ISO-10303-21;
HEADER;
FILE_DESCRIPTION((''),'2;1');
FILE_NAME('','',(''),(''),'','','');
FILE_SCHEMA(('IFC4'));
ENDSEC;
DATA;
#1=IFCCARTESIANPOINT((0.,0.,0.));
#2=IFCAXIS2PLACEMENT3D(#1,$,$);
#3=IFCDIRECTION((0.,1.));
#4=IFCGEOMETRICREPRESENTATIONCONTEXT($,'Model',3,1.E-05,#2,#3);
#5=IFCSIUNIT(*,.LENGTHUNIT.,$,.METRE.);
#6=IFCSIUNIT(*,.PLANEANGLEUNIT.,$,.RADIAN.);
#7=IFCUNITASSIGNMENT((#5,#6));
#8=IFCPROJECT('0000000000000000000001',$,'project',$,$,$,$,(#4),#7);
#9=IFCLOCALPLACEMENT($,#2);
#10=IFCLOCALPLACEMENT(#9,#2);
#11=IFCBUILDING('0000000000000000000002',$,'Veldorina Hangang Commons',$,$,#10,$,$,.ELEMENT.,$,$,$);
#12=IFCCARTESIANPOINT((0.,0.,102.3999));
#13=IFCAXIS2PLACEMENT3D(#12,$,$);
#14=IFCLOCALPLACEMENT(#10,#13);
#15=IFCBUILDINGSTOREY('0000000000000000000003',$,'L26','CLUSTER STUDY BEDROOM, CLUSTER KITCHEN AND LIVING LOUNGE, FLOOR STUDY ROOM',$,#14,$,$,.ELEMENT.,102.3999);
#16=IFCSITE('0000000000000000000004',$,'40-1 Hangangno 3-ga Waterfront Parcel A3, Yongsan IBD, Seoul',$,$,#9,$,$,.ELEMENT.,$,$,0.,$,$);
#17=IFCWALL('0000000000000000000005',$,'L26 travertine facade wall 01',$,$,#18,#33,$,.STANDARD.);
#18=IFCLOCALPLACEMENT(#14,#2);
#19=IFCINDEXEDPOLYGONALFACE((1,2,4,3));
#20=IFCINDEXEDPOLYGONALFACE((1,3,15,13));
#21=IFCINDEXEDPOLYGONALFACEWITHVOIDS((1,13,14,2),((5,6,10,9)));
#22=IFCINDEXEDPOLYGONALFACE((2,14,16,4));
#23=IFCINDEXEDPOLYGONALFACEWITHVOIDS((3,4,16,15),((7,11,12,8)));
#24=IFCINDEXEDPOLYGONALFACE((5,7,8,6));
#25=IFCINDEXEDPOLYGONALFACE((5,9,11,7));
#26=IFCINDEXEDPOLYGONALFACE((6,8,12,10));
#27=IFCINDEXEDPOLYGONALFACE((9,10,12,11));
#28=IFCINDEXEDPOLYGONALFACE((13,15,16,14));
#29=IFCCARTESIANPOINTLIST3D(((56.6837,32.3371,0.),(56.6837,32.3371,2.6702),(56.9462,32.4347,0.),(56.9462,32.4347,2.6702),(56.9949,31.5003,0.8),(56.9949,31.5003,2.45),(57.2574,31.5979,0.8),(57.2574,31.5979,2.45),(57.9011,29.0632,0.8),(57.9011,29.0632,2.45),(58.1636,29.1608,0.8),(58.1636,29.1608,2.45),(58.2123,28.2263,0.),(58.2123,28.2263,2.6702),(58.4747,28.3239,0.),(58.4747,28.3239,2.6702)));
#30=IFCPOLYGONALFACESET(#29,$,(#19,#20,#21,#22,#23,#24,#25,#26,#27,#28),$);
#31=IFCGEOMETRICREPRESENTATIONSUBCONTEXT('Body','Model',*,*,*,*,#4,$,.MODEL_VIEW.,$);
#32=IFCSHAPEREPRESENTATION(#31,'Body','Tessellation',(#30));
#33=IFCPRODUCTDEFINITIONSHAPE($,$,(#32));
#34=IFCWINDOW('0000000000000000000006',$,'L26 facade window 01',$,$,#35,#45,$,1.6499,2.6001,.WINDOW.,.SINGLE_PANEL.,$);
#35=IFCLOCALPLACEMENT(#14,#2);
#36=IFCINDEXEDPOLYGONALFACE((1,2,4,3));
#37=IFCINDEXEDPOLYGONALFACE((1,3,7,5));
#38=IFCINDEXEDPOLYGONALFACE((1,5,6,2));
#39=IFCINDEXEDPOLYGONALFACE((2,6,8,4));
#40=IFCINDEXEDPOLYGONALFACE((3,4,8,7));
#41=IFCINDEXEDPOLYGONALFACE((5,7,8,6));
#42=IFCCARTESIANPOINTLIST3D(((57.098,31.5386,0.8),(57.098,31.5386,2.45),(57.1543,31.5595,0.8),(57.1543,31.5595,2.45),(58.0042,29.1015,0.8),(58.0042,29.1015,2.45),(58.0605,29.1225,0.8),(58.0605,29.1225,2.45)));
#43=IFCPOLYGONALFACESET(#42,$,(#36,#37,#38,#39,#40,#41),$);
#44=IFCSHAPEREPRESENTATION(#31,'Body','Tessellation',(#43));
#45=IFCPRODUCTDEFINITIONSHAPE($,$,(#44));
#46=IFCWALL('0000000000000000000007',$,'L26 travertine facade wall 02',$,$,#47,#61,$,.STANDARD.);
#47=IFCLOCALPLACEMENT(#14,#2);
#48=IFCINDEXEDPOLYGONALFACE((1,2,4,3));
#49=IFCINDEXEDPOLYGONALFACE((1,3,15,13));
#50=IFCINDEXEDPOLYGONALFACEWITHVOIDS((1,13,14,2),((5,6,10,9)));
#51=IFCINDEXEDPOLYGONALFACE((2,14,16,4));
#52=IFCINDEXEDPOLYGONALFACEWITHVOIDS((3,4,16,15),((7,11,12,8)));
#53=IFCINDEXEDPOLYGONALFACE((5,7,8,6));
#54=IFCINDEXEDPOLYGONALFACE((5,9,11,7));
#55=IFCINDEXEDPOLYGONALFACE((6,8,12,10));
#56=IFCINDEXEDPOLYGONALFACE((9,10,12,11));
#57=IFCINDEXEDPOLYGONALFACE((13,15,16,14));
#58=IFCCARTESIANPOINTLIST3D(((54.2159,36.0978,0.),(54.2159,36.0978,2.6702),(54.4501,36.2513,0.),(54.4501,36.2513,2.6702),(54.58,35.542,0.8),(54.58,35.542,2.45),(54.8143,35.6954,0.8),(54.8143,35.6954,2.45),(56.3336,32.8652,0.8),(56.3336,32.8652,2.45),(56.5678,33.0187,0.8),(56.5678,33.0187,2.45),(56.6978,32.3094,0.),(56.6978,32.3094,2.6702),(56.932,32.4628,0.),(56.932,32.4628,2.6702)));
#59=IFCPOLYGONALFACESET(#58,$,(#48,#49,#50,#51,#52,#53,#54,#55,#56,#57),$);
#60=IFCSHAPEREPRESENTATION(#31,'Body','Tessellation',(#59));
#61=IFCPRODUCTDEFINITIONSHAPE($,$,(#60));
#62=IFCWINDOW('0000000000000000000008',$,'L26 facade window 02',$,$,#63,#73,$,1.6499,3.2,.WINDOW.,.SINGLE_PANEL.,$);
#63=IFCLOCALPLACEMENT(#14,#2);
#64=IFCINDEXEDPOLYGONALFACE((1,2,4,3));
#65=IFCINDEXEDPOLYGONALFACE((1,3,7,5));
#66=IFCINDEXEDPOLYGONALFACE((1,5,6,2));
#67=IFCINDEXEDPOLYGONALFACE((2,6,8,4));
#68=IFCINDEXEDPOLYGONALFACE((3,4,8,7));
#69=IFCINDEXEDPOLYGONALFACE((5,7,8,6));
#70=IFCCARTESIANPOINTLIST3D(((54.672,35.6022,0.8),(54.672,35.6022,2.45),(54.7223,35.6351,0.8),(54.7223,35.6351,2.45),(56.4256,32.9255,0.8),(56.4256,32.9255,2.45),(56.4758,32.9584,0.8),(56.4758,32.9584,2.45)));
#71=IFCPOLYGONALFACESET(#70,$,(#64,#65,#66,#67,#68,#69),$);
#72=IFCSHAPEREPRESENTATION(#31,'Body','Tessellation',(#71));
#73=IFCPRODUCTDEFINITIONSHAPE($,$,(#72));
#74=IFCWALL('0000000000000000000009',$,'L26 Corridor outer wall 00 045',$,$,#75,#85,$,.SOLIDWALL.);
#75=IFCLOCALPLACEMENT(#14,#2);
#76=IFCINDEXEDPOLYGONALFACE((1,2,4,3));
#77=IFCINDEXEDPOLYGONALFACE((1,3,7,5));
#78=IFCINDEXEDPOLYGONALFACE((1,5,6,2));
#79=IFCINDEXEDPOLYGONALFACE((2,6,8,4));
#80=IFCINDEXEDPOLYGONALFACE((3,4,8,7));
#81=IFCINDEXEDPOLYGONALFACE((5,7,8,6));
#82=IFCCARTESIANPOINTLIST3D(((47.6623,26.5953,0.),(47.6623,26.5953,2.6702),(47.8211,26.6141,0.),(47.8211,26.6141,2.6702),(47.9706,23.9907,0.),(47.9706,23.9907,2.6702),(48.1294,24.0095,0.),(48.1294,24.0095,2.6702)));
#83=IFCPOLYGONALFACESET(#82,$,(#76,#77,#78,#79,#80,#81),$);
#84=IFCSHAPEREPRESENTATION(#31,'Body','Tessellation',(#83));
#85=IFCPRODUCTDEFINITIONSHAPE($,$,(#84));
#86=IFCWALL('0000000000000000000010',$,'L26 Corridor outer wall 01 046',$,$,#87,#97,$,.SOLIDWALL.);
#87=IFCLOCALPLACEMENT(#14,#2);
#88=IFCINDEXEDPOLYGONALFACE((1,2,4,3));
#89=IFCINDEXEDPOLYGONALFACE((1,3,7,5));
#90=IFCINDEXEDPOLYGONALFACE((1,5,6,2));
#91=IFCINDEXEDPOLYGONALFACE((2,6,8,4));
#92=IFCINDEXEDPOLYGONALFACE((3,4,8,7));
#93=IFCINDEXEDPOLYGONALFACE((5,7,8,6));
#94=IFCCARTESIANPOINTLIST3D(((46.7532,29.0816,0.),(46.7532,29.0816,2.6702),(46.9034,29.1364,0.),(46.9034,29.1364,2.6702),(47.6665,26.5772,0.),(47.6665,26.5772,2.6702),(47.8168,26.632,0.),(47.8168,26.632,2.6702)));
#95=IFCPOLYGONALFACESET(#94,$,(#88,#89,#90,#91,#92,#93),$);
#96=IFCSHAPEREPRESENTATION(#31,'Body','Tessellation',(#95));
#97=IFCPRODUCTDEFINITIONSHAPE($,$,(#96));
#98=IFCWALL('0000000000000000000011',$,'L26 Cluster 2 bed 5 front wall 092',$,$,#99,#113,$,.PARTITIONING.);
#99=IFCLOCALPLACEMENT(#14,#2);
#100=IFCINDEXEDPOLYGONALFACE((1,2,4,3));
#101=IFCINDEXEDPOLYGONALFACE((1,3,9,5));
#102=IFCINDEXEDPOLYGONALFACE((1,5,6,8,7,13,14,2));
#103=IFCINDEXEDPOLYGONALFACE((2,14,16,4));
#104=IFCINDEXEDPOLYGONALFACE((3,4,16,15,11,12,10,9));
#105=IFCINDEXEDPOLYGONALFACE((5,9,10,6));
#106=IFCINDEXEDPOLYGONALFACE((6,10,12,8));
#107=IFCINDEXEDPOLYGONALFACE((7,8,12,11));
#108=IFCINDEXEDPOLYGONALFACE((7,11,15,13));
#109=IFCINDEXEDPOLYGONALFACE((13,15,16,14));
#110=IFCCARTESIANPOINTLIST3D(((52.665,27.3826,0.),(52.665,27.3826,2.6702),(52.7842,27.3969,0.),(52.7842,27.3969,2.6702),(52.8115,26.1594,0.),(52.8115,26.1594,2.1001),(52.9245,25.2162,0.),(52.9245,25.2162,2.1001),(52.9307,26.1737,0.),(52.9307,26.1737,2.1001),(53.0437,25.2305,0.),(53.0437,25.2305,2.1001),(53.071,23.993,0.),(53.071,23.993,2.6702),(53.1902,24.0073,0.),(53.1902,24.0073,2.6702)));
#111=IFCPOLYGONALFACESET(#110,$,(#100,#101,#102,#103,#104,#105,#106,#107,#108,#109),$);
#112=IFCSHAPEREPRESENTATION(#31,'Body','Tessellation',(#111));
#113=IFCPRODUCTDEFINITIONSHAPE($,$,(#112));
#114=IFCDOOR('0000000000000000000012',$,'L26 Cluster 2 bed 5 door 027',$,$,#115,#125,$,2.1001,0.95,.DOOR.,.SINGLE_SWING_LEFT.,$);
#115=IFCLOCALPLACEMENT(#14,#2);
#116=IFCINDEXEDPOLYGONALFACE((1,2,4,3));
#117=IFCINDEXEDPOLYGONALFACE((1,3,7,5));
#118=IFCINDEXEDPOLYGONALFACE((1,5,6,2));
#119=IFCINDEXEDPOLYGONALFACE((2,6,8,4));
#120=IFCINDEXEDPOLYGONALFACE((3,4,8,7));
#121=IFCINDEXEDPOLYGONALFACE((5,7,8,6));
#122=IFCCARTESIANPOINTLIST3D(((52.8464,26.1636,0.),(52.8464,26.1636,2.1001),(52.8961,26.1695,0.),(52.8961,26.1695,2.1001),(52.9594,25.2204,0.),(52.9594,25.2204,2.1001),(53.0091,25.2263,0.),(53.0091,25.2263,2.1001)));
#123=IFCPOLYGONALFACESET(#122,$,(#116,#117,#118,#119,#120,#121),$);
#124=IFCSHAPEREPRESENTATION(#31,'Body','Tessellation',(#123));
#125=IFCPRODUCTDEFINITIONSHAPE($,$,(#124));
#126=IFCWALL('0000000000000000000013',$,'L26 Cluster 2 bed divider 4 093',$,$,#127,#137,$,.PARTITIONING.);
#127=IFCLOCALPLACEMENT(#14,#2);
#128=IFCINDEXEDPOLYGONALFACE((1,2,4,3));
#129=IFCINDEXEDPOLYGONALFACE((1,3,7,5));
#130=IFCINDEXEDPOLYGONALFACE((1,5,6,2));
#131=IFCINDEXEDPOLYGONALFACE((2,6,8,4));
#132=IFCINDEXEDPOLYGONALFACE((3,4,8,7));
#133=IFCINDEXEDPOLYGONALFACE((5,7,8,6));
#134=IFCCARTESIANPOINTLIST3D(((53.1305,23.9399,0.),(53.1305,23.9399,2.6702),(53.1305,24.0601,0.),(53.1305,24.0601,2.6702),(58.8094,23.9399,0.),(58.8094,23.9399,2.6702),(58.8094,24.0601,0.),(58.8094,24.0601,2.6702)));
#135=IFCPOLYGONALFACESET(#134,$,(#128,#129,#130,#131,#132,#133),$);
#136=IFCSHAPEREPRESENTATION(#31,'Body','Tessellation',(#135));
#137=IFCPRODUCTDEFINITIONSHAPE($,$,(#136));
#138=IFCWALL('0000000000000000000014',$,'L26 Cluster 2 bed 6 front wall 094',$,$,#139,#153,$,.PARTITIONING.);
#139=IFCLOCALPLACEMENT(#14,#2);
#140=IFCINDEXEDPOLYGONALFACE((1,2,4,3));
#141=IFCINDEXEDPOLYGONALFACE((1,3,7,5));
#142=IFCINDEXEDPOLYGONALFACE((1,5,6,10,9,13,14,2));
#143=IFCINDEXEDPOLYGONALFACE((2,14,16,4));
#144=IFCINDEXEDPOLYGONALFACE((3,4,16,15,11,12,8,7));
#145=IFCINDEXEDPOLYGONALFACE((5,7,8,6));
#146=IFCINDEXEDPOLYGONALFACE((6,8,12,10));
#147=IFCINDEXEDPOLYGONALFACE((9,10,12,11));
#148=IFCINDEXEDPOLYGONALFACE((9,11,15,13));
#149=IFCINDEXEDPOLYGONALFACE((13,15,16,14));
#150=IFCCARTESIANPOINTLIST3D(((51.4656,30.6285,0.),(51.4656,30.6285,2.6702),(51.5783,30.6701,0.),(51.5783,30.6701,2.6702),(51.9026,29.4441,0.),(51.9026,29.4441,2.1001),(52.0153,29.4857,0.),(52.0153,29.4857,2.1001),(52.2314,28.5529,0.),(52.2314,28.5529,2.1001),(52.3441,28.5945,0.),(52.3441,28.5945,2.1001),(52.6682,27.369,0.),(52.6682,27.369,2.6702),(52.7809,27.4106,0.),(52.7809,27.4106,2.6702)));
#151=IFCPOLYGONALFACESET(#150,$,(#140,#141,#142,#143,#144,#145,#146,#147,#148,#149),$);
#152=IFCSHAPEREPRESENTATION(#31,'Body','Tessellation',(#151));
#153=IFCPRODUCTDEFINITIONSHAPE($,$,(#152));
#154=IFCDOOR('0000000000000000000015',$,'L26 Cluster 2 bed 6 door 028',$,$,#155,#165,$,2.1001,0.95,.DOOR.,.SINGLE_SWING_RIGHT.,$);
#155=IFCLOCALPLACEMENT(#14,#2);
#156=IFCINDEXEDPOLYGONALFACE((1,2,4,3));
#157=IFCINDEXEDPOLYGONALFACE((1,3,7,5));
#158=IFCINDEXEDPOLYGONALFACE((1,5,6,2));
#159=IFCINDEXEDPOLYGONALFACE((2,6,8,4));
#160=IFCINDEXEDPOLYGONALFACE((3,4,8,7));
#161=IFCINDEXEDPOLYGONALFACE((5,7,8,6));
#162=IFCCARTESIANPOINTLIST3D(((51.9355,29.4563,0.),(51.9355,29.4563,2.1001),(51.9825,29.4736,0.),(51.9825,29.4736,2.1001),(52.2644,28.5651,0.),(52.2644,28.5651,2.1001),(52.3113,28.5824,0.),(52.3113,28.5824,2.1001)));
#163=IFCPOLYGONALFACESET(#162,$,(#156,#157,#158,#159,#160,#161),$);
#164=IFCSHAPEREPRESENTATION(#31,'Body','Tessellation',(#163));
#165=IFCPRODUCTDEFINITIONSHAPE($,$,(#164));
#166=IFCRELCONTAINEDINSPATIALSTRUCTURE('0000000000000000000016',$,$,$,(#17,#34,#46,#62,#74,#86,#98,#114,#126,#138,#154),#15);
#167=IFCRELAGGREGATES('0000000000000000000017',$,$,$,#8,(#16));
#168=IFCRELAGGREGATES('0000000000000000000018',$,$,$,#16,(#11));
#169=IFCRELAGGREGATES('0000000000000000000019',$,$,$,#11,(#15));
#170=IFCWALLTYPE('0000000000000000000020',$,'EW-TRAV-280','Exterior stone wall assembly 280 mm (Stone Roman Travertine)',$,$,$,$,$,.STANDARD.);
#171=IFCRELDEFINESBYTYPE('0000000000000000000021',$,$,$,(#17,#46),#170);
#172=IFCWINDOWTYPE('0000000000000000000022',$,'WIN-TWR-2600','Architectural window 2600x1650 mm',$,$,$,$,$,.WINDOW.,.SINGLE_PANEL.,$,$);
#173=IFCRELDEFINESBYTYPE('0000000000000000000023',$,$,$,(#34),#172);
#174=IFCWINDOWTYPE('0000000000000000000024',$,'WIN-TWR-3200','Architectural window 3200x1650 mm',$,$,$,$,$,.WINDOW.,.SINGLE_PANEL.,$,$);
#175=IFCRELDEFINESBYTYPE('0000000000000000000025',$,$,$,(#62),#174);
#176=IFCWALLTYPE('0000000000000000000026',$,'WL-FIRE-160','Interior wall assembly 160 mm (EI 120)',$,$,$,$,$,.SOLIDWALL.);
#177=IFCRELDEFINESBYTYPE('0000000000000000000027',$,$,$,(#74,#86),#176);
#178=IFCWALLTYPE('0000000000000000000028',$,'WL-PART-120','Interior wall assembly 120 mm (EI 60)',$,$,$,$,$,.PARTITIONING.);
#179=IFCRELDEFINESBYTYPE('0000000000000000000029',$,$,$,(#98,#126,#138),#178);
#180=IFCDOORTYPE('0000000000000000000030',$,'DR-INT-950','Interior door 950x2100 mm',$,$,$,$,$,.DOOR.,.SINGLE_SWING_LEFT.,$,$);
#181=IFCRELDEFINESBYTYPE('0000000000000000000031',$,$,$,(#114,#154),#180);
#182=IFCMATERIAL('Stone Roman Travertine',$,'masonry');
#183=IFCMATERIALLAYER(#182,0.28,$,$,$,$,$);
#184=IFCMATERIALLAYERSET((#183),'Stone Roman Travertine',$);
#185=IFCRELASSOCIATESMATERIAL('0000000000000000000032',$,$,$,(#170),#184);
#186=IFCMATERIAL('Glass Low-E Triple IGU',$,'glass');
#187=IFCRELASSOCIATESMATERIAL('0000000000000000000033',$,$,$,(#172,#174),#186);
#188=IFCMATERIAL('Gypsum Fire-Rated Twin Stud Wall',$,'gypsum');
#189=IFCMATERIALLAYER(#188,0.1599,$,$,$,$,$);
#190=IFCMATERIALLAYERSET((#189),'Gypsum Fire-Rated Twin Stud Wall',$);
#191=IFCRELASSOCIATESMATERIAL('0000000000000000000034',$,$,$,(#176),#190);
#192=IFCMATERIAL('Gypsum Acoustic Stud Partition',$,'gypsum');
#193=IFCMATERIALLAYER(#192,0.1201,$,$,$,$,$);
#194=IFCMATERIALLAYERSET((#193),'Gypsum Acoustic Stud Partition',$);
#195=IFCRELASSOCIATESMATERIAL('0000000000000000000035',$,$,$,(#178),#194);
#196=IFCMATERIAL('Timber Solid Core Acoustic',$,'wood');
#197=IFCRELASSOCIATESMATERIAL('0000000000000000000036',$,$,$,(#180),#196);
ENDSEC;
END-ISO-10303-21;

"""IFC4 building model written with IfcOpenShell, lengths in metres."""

from ifc_helpers import new_model, si_unit, direction, frame, frame_2d, origin, place, context, subcontext, project, spatial, rectangle, extrude, material, layer, layer_set, type_object, element, fill, save


model = new_model("IFC4")

# Units and contexts
model_context = context("Model", 3, precision=1e-05, world=origin(), true_north=direction((0.0, 1.0)))
body_context = subcontext(model_context, "Body", "Model", "MODEL_VIEW")
ifc_project = project(units=[si_unit("LENGTHUNIT", "METRE"), si_unit("PLANEANGLEUNIT", "RADIAN")], contexts=[model_context])

# Site, building, storey
site_placement = place(None, origin())
site = spatial("IfcSite", under=ifc_project, at=site_placement, Name="40-1 Hangangno 3-ga Waterfront Parcel A3, Yongsan IBD, Seoul", CompositionType="ELEMENT", RefElevation=0.0)
building_placement = place(site_placement, origin())
building = spatial("IfcBuilding", under=site, at=building_placement, Name="Veldorina Hangang Commons", CompositionType="ELEMENT")
storey_placement = place(building_placement, frame((0.0, 0.0, 102.3999)))
storey = spatial("IfcBuildingStorey", under=building, at=storey_placement, Name="L26", Description="CLUSTER STUDY BEDROOM, CLUSTER KITCHEN AND LIVING LOUNGE, FLOOR STUDY ROOM", CompositionType="ELEMENT", Elevation=102.3999)

# Walls, openings, windows
ifc_material_1 = material(Name="Stone Roman Travertine", Category="masonry")
ifc_layer_1 = layer(ifc_material_1, 0.28)
ifc_layer_set_1 = layer_set([ifc_layer_1], Name="Stone Roman Travertine")
wall_type_1 = type_object("IfcWallType", Name="EW-TRAV-280", Description="Exterior stone wall assembly 280 mm (Stone Roman Travertine)", PredefinedType="STANDARD", material=ifc_layer_set_1)
ifc_material_2 = material(Name="Glass Low-E Triple IGU", Category="glass")
window_type_1 = type_object("IfcWindowType", Name="WIN-TWR-2600", Description="Architectural window 2600x1650 mm", PartitioningType="SINGLE_PANEL", PredefinedType="WINDOW", material=ifc_material_2)
wall_1_placement = place(storey_placement, frame((58.3435, 28.2751, 0.0), z_axis=(0.0, 0.0, 1.0), x_axis=(-0.348523, 0.9373, 0.0)))
wall_1 = element("IfcWall", 1, at=wall_1_placement, inside=storey, type_object=wall_type_1, Name="L26 travertine facade wall 01", PredefinedType="STANDARD", context=body_context, shape_type="SweptSolid", body=[
    extrude(rectangle(XDim=4.3857, YDim=0.28, at=frame_2d((2.1929, 0.0))), origin(), (0.0, 0.0, 1.0), 2.6702),
])
opening_1_placement = place(wall_1_placement, frame((0.8928, 0.0, 0.8)))
opening_1 = element("IfcOpeningElement", 2, at=opening_1_placement, cuts=wall_1, PredefinedType="OPENING", context=body_context, shape_type="SweptSolid", body=[
    extrude(rectangle(XDim=2.6001, YDim=1.6499, at=frame_2d((1.3, 0.825))), frame((0.0, 0.1499, 0.0), z_axis=(0.0, -1.0, 0.0), x_axis=(1.0, 0.0, 0.0)), (0.0, 0.0, 1.0), 0.3),
])
window_1_placement = place(opening_1_placement, origin())
window_1 = element("IfcWindow", 3, at=window_1_placement, inside=storey, type_object=window_type_1, Name="L26 facade window 01", OverallHeight=1.6499, OverallWidth=2.6001, PartitioningType="SINGLE_PANEL", PredefinedType="WINDOW", context=body_context, shape_type="SweptSolid", body=[
    extrude(rectangle(XDim=2.6001, YDim=1.6499, at=frame_2d((1.3, 0.825))), frame((0.0, 0.03, 0.0), z_axis=(0.0, -1.0, 0.0), x_axis=(1.0, 0.0, 0.0)), (0.0, 0.0, 1.0), 0.0601),
])
fill(opening_1, window_1)
wall_2_placement = place(storey_placement, frame((56.8149, 32.386, 0.0), z_axis=(0.0, 0.0, 1.0), x_axis=(-0.54799, 0.836485, 0.0)))
wall_2 = element("IfcWall", 4, at=wall_2_placement, inside=storey, type_object=wall_type_1, Name="L26 travertine facade wall 02", PredefinedType="STANDARD", context=body_context, shape_type="SweptSolid", body=[
    extrude(rectangle(XDim=4.5291, YDim=0.28, at=frame_2d((2.2646, 0.0))), origin(), (0.0, 0.0, 1.0), 2.6702),
])
opening_2_placement = place(wall_2_placement, frame((0.6646, 0.0, 0.8)))
opening_2 = element("IfcOpeningElement", 5, at=opening_2_placement, cuts=wall_2, PredefinedType="OPENING", context=body_context, shape_type="SweptSolid", body=[
    extrude(rectangle(XDim=3.2, YDim=1.6499, at=frame_2d((1.6001, 0.825))), frame((0.0, 0.1499, 0.0), z_axis=(0.0, -1.0, 0.0), x_axis=(1.0, 0.0, 0.0)), (0.0, 0.0, 1.0), 0.3),
])
window_type_2 = type_object("IfcWindowType", Name="WIN-TWR-3200", Description="Architectural window 3200x1650 mm", PartitioningType="SINGLE_PANEL", PredefinedType="WINDOW", material=ifc_material_2)
window_2_placement = place(opening_2_placement, origin())
window_2 = element("IfcWindow", 6, at=window_2_placement, inside=storey, type_object=window_type_2, Name="L26 facade window 02", OverallHeight=1.6499, OverallWidth=3.2, PartitioningType="SINGLE_PANEL", PredefinedType="WINDOW", context=body_context, shape_type="SweptSolid", body=[
    extrude(rectangle(XDim=3.2, YDim=1.6499, at=frame_2d((1.6001, 0.825))), frame((0.0, 0.03, 0.0), z_axis=(0.0, -1.0, 0.0), x_axis=(1.0, 0.0, 0.0)), (0.0, 0.0, 1.0), 0.0601),
])
fill(opening_2, window_2)

# Walls
ifc_material_3 = material(Name="Gypsum Fire-Rated Twin Stud Wall", Category="gypsum")
ifc_layer_2 = layer(ifc_material_3, 0.1599)
ifc_layer_set_2 = layer_set([ifc_layer_2], Name="Gypsum Fire-Rated Twin Stud Wall")
wall_type_2 = type_object("IfcWallType", Name="WL-FIRE-160", Description="Interior wall assembly 160 mm (EI 120)", PredefinedType="SOLIDWALL", material=ifc_layer_set_2)
wall_3_placement = place(storey_placement, frame((48.05, 24.0, 0.0), z_axis=(0.0, 0.0, 1.0), x_axis=(-0.11757, 0.993065, 0.0)))
element("IfcWall", 7, at=wall_3_placement, inside=storey, type_object=wall_type_2, Name="L26 Corridor outer wall 00 045", PredefinedType="SOLIDWALL", context=body_context, shape_type="SweptSolid", body=[
    extrude(rectangle(XDim=2.6228, YDim=0.1599, at=frame_2d((1.3115, 0.0))), origin(), (0.0, 0.0, 1.0), 2.6702),
])
wall_4_placement = place(storey_placement, frame((47.7417, 26.6045, 0.0), z_axis=(0.0, 0.0, 1.0), x_axis=(-0.342618, 0.939475, 0.0)))
element("IfcWall", 8, at=wall_4_placement, inside=storey, type_object=wall_type_2, Name="L26 Corridor outer wall 01 046", PredefinedType="SOLIDWALL", context=body_context, shape_type="SweptSolid", body=[
    extrude(rectangle(XDim=2.6658, YDim=0.1599, at=frame_2d((1.333, 0.0))), origin(), (0.0, 0.0, 1.0), 2.6702),
])

# Wall, opening, door
ifc_material_4 = material(Name="Gypsum Acoustic Stud Partition", Category="gypsum")
ifc_layer_3 = layer(ifc_material_4, 0.1201)
ifc_layer_set_3 = layer_set([ifc_layer_3], Name="Gypsum Acoustic Stud Partition")
wall_type_3 = type_object("IfcWallType", Name="WL-PART-120", Description="Interior wall assembly 120 mm (EI 60)", PredefinedType="PARTITIONING", material=ifc_layer_set_3)
wall_5_placement = place(storey_placement, frame((53.1306, 24.0, 0.0), z_axis=(0.0, 0.0, 1.0), x_axis=(-0.118928, 0.992903, 0.0)))
wall_5 = element("IfcWall", 9, at=wall_5_placement, inside=storey, type_object=wall_type_3, Name="L26 Cluster 2 bed 5 front wall 092", PredefinedType="PARTITIONING", context=body_context, shape_type="SweptSolid", body=[
    extrude(rectangle(XDim=3.4138, YDim=0.1201, at=frame_2d((1.707, 0.0))), origin(), (0.0, 0.0, 1.0), 2.6702),
])
opening_3_placement = place(wall_5_placement, frame((1.2319, 0.0, 0.0)))
opening_3 = element("IfcOpeningElement", 10, at=opening_3_placement, cuts=wall_5, PredefinedType="OPENING", context=body_context, shape_type="SweptSolid", body=[
    extrude(rectangle(XDim=0.95, YDim=2.1001, at=frame_2d((0.4751, 1.05))), frame((0.0, 0.0701, 0.0), z_axis=(0.0, -1.0, 0.0), x_axis=(1.0, 0.0, 0.0)), (0.0, 0.0, 1.0), 0.1401),
])
ifc_material_5 = material(Name="Timber Solid Core Acoustic", Category="wood")
door_type = type_object("IfcDoorType", Name="DR-INT-950", Description="Interior door 950x2100 mm", OperationType="SINGLE_SWING_LEFT", PredefinedType="DOOR", material=ifc_material_5)
door_1_placement = place(opening_3_placement, origin())
door_1 = element("IfcDoor", 11, at=door_1_placement, inside=storey, type_object=door_type, Name="L26 Cluster 2 bed 5 door 027", OperationType="SINGLE_SWING_LEFT", OverallHeight=2.1001, OverallWidth=0.95, PredefinedType="DOOR", context=body_context, shape_type="SweptSolid", body=[
    extrude(rectangle(XDim=0.95, YDim=2.1001, at=frame_2d((0.4751, 1.05))), frame((0.0, 0.0249, 0.0), z_axis=(0.0, -1.0, 0.0), x_axis=(1.0, 0.0, 0.0)), (0.0, 0.0, 1.0), 0.05),
])
fill(opening_3, door_1)

# Wall
wall_6_placement = place(storey_placement, frame((53.1306, 24.0, 0.0), z_axis=(0.0, 0.0, 1.0), x_axis=(1.0, 0.0, 0.0)))
element("IfcWall", 12, at=wall_6_placement, inside=storey, type_object=wall_type_3, Name="L26 Cluster 2 bed divider 4 093", PredefinedType="PARTITIONING", context=body_context, shape_type="SweptSolid", body=[
    extrude(rectangle(XDim=5.679, YDim=0.1201, at=frame_2d((2.8394, 0.0))), origin(), (0.0, 0.0, 1.0), 2.6702),
])

# Wall, opening, door
wall_7_placement = place(storey_placement, frame((52.7246, 27.3896, 0.0), z_axis=(0.0, 0.0, 1.0), x_axis=(-0.346151, 0.938179, 0.0)))
wall_7 = element("IfcWall", 13, at=wall_7_placement, inside=storey, type_object=wall_type_3, Name="L26 Cluster 2 bed 6 front wall 094", PredefinedType="PARTITIONING", context=body_context, shape_type="SweptSolid", body=[
    extrude(rectangle(XDim=3.4744, YDim=0.1201, at=frame_2d((1.7373, 0.0))), origin(), (0.0, 0.0, 1.0), 2.6702),
])
opening_4_placement = place(wall_7_placement, frame((1.262, 0.0, 0.0)))
opening_4 = element("IfcOpeningElement", 14, at=opening_4_placement, cuts=wall_7, PredefinedType="OPENING", context=body_context, shape_type="SweptSolid", body=[
    extrude(rectangle(XDim=0.95, YDim=2.1001, at=frame_2d((0.4751, 1.05))), frame((0.0, 0.0701, 0.0), z_axis=(0.0, -1.0, 0.0), x_axis=(1.0, 0.0, 0.0)), (0.0, 0.0, 1.0), 0.1401),
])
door_2_placement = place(opening_4_placement, origin())
door_2 = element("IfcDoor", 15, at=door_2_placement, inside=storey, type_object=door_type, Name="L26 Cluster 2 bed 6 door 028", OperationType="SINGLE_SWING_RIGHT", OverallHeight=2.1001, OverallWidth=0.95, PredefinedType="DOOR", context=body_context, shape_type="SweptSolid", body=[
    extrude(rectangle(XDim=0.95, YDim=2.1001, at=frame_2d((0.4751, 1.05))), frame((0.0, 0.0249, 0.0), z_axis=(0.0, -1.0, 0.0), x_axis=(1.0, 0.0, 0.0)), (0.0, 0.0, 1.0), 0.05),
])
fill(opening_4, door_2)

save(model, "model.ifc")
